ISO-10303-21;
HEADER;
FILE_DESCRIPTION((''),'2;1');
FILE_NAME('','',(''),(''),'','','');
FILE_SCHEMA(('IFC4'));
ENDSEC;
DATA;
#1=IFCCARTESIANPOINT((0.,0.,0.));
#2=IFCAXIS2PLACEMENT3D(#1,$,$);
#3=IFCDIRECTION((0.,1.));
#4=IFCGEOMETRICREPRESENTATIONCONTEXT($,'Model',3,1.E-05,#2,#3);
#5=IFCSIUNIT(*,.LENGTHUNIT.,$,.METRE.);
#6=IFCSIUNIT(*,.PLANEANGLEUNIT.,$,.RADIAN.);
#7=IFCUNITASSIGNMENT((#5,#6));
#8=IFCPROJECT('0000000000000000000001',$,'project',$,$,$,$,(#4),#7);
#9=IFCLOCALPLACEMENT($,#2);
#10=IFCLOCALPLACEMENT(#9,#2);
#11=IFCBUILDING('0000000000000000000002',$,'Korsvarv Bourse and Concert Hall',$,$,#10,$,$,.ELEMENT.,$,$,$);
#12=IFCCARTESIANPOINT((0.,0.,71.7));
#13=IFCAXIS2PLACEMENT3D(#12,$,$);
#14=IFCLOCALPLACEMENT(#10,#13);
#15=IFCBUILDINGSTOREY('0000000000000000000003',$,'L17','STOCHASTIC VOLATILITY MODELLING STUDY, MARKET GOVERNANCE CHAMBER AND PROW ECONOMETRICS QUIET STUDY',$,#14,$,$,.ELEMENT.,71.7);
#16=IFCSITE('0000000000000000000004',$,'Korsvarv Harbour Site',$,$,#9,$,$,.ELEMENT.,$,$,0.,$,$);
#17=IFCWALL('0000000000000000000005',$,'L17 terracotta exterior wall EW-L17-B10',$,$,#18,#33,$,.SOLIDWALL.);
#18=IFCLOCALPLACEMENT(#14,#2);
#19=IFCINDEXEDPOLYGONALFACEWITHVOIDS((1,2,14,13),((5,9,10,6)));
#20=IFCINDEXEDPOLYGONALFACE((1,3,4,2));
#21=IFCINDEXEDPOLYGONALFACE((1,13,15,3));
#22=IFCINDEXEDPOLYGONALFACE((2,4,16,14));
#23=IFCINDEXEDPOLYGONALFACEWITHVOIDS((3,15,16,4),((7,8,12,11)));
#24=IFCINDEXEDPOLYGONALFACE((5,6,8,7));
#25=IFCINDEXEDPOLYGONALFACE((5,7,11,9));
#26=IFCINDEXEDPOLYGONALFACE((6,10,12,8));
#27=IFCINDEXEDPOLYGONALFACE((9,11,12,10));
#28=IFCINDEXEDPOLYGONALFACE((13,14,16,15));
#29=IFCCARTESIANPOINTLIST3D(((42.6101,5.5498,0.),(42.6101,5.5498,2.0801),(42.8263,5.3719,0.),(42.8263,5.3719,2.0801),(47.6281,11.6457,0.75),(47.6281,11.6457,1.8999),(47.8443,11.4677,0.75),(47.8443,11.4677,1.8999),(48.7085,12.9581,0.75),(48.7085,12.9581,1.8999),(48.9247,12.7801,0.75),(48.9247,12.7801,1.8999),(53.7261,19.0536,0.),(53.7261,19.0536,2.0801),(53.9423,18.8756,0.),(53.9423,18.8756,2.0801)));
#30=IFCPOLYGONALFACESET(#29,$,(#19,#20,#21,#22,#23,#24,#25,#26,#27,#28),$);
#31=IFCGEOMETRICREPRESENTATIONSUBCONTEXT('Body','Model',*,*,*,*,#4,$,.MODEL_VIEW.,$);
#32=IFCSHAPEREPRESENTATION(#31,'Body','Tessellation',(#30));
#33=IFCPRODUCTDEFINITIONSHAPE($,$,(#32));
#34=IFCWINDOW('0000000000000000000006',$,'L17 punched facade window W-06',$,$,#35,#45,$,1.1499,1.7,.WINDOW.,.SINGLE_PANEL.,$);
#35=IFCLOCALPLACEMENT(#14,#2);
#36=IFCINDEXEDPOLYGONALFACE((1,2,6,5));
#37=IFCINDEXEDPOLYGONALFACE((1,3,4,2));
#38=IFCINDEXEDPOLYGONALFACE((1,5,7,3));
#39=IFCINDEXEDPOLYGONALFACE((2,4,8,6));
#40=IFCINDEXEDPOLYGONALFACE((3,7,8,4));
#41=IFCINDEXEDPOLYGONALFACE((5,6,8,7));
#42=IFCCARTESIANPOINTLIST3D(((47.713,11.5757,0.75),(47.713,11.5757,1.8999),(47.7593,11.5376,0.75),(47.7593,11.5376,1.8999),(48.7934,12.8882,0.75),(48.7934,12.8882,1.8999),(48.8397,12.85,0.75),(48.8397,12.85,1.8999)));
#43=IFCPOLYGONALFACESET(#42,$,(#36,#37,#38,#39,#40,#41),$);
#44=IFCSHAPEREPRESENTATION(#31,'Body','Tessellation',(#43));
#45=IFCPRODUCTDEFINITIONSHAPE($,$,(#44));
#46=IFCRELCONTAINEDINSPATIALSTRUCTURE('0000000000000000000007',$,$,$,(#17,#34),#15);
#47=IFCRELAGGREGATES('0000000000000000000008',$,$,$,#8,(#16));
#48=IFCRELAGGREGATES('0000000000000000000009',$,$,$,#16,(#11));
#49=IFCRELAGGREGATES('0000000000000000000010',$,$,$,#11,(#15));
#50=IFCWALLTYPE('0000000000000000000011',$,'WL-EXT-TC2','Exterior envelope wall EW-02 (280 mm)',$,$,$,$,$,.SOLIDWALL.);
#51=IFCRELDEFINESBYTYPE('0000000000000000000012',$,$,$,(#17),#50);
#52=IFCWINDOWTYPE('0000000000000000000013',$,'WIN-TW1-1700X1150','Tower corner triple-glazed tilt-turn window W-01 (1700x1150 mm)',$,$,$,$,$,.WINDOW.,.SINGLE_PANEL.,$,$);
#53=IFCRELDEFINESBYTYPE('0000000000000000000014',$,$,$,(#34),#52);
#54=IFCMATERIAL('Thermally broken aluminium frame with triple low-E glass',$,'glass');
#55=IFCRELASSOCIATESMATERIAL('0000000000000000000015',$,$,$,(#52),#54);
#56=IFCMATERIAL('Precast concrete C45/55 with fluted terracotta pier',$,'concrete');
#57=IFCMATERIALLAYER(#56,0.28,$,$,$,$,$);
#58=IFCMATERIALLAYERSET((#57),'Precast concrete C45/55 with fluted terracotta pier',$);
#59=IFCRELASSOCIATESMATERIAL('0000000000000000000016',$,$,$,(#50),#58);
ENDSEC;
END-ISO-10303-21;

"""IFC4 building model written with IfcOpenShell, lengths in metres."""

from ifc_helpers import new_model, si_unit, direction, frame, frame_2d, origin, place, context, subcontext, project, spatial, rectangle, extrude, material, layer, layer_set, type_object, element, fill, save


model = new_model("IFC4")

# Units and contexts
model_context = context("Model", 3, precision=1e-05, world=origin(), true_north=direction((0.0, 1.0)))
body_context = subcontext(model_context, "Body", "Model", "MODEL_VIEW")
ifc_project = project(units=[si_unit("LENGTHUNIT", "METRE"), si_unit("PLANEANGLEUNIT", "RADIAN")], contexts=[model_context])

# Site, building, storey
site_placement = place(None, origin())
site = spatial("IfcSite", under=ifc_project, at=site_placement, Name="Korsvarv Harbour Site", CompositionType="ELEMENT", RefElevation=0.0)
building_placement = place(site_placement, origin())
building = spatial("IfcBuilding", under=site, at=building_placement, Name="Korsvarv Bourse and Concert Hall", CompositionType="ELEMENT")
storey_placement = place(building_placement, frame((0.0, 0.0, 71.7)))
storey = spatial("IfcBuildingStorey", under=building, at=storey_placement, Name="L17", Description="STOCHASTIC VOLATILITY MODELLING STUDY, MARKET GOVERNANCE CHAMBER AND PROW ECONOMETRICS QUIET STUDY", CompositionType="ELEMENT", Elevation=71.7)

# Wall, opening, window
ifc_material_1 = material(Name="Thermally broken aluminium frame with triple low-E glass", Category="glass")
window_type = type_object("IfcWindowType", Name="WIN-TW1-1700X1150", Description="Tower corner triple-glazed tilt-turn window W-01 (1700x1150 mm)", PartitioningType="SINGLE_PANEL", PredefinedType="WINDOW", material=ifc_material_1)
ifc_material_2 = material(Name="Precast concrete C45/55 with fluted terracotta pier", Category="concrete")
ifc_layer_1 = layer(ifc_material_2, 0.28)
ifc_layer_set_1 = layer_set([ifc_layer_1], Name="Precast concrete C45/55 with fluted terracotta pier")
wall_type_1 = type_object("IfcWallType", Name="WL-EXT-TC2", Description="Exterior envelope wall EW-02 (280 mm)", PredefinedType="SOLIDWALL", material=ifc_layer_set_1)
wall_1_placement = place(storey_placement, frame((42.7183, 5.4609, 0.0), z_axis=(0.0, 0.0, 1.0), x_axis=(0.635547, 0.772062, 0.0)))
wall_1 = element("IfcWall", 1, at=wall_1_placement, inside=storey, type_object=wall_type_1, Name="L17 terracotta exterior wall EW-L17-B10", PredefinedType="SOLIDWALL", context=body_context, shape_type="SweptSolid", body=[
    extrude(rectangle(XDim=17.4905, YDim=0.28, at=frame_2d((8.7451, 0.0))), origin(), (0.0, 0.0, 1.0), 2.0801),
])
opening_1_placement = place(wall_1_placement, frame((7.8953, 0.0, 0.75)))
opening_1 = element("IfcOpeningElement", 2, at=opening_1_placement, cuts=wall_1, PredefinedType="OPENING", context=body_context, shape_type="SweptSolid", body=[
    extrude(rectangle(XDim=1.7, YDim=1.1499, at=frame_2d((0.8501, 0.575))), frame((0.0, 0.1499, 0.0), z_axis=(0.0, -1.0, 0.0), x_axis=(1.0, 0.0, 0.0)), (0.0, 0.0, 1.0), 0.3),
])
window_1_placement = place(opening_1_placement, origin())
window_1 = element("IfcWindow", 3, at=window_1_placement, inside=storey, type_object=window_type, Name="L17 punched facade window W-06", OverallHeight=1.1499, OverallWidth=1.7, PartitioningType="SINGLE_PANEL", PredefinedType="WINDOW", context=body_context, shape_type="SweptSolid", body=[
    extrude(rectangle(XDim=1.7, YDim=1.1499, at=frame_2d((0.8501, 0.575))), frame((0.0, 0.03, 0.0), z_axis=(0.0, -1.0, 0.0), x_axis=(1.0, 0.0, 0.0)), (0.0, 0.0, 1.0), 0.0601),
])
fill(opening_1, window_1)

save(model, "model.ifc")
